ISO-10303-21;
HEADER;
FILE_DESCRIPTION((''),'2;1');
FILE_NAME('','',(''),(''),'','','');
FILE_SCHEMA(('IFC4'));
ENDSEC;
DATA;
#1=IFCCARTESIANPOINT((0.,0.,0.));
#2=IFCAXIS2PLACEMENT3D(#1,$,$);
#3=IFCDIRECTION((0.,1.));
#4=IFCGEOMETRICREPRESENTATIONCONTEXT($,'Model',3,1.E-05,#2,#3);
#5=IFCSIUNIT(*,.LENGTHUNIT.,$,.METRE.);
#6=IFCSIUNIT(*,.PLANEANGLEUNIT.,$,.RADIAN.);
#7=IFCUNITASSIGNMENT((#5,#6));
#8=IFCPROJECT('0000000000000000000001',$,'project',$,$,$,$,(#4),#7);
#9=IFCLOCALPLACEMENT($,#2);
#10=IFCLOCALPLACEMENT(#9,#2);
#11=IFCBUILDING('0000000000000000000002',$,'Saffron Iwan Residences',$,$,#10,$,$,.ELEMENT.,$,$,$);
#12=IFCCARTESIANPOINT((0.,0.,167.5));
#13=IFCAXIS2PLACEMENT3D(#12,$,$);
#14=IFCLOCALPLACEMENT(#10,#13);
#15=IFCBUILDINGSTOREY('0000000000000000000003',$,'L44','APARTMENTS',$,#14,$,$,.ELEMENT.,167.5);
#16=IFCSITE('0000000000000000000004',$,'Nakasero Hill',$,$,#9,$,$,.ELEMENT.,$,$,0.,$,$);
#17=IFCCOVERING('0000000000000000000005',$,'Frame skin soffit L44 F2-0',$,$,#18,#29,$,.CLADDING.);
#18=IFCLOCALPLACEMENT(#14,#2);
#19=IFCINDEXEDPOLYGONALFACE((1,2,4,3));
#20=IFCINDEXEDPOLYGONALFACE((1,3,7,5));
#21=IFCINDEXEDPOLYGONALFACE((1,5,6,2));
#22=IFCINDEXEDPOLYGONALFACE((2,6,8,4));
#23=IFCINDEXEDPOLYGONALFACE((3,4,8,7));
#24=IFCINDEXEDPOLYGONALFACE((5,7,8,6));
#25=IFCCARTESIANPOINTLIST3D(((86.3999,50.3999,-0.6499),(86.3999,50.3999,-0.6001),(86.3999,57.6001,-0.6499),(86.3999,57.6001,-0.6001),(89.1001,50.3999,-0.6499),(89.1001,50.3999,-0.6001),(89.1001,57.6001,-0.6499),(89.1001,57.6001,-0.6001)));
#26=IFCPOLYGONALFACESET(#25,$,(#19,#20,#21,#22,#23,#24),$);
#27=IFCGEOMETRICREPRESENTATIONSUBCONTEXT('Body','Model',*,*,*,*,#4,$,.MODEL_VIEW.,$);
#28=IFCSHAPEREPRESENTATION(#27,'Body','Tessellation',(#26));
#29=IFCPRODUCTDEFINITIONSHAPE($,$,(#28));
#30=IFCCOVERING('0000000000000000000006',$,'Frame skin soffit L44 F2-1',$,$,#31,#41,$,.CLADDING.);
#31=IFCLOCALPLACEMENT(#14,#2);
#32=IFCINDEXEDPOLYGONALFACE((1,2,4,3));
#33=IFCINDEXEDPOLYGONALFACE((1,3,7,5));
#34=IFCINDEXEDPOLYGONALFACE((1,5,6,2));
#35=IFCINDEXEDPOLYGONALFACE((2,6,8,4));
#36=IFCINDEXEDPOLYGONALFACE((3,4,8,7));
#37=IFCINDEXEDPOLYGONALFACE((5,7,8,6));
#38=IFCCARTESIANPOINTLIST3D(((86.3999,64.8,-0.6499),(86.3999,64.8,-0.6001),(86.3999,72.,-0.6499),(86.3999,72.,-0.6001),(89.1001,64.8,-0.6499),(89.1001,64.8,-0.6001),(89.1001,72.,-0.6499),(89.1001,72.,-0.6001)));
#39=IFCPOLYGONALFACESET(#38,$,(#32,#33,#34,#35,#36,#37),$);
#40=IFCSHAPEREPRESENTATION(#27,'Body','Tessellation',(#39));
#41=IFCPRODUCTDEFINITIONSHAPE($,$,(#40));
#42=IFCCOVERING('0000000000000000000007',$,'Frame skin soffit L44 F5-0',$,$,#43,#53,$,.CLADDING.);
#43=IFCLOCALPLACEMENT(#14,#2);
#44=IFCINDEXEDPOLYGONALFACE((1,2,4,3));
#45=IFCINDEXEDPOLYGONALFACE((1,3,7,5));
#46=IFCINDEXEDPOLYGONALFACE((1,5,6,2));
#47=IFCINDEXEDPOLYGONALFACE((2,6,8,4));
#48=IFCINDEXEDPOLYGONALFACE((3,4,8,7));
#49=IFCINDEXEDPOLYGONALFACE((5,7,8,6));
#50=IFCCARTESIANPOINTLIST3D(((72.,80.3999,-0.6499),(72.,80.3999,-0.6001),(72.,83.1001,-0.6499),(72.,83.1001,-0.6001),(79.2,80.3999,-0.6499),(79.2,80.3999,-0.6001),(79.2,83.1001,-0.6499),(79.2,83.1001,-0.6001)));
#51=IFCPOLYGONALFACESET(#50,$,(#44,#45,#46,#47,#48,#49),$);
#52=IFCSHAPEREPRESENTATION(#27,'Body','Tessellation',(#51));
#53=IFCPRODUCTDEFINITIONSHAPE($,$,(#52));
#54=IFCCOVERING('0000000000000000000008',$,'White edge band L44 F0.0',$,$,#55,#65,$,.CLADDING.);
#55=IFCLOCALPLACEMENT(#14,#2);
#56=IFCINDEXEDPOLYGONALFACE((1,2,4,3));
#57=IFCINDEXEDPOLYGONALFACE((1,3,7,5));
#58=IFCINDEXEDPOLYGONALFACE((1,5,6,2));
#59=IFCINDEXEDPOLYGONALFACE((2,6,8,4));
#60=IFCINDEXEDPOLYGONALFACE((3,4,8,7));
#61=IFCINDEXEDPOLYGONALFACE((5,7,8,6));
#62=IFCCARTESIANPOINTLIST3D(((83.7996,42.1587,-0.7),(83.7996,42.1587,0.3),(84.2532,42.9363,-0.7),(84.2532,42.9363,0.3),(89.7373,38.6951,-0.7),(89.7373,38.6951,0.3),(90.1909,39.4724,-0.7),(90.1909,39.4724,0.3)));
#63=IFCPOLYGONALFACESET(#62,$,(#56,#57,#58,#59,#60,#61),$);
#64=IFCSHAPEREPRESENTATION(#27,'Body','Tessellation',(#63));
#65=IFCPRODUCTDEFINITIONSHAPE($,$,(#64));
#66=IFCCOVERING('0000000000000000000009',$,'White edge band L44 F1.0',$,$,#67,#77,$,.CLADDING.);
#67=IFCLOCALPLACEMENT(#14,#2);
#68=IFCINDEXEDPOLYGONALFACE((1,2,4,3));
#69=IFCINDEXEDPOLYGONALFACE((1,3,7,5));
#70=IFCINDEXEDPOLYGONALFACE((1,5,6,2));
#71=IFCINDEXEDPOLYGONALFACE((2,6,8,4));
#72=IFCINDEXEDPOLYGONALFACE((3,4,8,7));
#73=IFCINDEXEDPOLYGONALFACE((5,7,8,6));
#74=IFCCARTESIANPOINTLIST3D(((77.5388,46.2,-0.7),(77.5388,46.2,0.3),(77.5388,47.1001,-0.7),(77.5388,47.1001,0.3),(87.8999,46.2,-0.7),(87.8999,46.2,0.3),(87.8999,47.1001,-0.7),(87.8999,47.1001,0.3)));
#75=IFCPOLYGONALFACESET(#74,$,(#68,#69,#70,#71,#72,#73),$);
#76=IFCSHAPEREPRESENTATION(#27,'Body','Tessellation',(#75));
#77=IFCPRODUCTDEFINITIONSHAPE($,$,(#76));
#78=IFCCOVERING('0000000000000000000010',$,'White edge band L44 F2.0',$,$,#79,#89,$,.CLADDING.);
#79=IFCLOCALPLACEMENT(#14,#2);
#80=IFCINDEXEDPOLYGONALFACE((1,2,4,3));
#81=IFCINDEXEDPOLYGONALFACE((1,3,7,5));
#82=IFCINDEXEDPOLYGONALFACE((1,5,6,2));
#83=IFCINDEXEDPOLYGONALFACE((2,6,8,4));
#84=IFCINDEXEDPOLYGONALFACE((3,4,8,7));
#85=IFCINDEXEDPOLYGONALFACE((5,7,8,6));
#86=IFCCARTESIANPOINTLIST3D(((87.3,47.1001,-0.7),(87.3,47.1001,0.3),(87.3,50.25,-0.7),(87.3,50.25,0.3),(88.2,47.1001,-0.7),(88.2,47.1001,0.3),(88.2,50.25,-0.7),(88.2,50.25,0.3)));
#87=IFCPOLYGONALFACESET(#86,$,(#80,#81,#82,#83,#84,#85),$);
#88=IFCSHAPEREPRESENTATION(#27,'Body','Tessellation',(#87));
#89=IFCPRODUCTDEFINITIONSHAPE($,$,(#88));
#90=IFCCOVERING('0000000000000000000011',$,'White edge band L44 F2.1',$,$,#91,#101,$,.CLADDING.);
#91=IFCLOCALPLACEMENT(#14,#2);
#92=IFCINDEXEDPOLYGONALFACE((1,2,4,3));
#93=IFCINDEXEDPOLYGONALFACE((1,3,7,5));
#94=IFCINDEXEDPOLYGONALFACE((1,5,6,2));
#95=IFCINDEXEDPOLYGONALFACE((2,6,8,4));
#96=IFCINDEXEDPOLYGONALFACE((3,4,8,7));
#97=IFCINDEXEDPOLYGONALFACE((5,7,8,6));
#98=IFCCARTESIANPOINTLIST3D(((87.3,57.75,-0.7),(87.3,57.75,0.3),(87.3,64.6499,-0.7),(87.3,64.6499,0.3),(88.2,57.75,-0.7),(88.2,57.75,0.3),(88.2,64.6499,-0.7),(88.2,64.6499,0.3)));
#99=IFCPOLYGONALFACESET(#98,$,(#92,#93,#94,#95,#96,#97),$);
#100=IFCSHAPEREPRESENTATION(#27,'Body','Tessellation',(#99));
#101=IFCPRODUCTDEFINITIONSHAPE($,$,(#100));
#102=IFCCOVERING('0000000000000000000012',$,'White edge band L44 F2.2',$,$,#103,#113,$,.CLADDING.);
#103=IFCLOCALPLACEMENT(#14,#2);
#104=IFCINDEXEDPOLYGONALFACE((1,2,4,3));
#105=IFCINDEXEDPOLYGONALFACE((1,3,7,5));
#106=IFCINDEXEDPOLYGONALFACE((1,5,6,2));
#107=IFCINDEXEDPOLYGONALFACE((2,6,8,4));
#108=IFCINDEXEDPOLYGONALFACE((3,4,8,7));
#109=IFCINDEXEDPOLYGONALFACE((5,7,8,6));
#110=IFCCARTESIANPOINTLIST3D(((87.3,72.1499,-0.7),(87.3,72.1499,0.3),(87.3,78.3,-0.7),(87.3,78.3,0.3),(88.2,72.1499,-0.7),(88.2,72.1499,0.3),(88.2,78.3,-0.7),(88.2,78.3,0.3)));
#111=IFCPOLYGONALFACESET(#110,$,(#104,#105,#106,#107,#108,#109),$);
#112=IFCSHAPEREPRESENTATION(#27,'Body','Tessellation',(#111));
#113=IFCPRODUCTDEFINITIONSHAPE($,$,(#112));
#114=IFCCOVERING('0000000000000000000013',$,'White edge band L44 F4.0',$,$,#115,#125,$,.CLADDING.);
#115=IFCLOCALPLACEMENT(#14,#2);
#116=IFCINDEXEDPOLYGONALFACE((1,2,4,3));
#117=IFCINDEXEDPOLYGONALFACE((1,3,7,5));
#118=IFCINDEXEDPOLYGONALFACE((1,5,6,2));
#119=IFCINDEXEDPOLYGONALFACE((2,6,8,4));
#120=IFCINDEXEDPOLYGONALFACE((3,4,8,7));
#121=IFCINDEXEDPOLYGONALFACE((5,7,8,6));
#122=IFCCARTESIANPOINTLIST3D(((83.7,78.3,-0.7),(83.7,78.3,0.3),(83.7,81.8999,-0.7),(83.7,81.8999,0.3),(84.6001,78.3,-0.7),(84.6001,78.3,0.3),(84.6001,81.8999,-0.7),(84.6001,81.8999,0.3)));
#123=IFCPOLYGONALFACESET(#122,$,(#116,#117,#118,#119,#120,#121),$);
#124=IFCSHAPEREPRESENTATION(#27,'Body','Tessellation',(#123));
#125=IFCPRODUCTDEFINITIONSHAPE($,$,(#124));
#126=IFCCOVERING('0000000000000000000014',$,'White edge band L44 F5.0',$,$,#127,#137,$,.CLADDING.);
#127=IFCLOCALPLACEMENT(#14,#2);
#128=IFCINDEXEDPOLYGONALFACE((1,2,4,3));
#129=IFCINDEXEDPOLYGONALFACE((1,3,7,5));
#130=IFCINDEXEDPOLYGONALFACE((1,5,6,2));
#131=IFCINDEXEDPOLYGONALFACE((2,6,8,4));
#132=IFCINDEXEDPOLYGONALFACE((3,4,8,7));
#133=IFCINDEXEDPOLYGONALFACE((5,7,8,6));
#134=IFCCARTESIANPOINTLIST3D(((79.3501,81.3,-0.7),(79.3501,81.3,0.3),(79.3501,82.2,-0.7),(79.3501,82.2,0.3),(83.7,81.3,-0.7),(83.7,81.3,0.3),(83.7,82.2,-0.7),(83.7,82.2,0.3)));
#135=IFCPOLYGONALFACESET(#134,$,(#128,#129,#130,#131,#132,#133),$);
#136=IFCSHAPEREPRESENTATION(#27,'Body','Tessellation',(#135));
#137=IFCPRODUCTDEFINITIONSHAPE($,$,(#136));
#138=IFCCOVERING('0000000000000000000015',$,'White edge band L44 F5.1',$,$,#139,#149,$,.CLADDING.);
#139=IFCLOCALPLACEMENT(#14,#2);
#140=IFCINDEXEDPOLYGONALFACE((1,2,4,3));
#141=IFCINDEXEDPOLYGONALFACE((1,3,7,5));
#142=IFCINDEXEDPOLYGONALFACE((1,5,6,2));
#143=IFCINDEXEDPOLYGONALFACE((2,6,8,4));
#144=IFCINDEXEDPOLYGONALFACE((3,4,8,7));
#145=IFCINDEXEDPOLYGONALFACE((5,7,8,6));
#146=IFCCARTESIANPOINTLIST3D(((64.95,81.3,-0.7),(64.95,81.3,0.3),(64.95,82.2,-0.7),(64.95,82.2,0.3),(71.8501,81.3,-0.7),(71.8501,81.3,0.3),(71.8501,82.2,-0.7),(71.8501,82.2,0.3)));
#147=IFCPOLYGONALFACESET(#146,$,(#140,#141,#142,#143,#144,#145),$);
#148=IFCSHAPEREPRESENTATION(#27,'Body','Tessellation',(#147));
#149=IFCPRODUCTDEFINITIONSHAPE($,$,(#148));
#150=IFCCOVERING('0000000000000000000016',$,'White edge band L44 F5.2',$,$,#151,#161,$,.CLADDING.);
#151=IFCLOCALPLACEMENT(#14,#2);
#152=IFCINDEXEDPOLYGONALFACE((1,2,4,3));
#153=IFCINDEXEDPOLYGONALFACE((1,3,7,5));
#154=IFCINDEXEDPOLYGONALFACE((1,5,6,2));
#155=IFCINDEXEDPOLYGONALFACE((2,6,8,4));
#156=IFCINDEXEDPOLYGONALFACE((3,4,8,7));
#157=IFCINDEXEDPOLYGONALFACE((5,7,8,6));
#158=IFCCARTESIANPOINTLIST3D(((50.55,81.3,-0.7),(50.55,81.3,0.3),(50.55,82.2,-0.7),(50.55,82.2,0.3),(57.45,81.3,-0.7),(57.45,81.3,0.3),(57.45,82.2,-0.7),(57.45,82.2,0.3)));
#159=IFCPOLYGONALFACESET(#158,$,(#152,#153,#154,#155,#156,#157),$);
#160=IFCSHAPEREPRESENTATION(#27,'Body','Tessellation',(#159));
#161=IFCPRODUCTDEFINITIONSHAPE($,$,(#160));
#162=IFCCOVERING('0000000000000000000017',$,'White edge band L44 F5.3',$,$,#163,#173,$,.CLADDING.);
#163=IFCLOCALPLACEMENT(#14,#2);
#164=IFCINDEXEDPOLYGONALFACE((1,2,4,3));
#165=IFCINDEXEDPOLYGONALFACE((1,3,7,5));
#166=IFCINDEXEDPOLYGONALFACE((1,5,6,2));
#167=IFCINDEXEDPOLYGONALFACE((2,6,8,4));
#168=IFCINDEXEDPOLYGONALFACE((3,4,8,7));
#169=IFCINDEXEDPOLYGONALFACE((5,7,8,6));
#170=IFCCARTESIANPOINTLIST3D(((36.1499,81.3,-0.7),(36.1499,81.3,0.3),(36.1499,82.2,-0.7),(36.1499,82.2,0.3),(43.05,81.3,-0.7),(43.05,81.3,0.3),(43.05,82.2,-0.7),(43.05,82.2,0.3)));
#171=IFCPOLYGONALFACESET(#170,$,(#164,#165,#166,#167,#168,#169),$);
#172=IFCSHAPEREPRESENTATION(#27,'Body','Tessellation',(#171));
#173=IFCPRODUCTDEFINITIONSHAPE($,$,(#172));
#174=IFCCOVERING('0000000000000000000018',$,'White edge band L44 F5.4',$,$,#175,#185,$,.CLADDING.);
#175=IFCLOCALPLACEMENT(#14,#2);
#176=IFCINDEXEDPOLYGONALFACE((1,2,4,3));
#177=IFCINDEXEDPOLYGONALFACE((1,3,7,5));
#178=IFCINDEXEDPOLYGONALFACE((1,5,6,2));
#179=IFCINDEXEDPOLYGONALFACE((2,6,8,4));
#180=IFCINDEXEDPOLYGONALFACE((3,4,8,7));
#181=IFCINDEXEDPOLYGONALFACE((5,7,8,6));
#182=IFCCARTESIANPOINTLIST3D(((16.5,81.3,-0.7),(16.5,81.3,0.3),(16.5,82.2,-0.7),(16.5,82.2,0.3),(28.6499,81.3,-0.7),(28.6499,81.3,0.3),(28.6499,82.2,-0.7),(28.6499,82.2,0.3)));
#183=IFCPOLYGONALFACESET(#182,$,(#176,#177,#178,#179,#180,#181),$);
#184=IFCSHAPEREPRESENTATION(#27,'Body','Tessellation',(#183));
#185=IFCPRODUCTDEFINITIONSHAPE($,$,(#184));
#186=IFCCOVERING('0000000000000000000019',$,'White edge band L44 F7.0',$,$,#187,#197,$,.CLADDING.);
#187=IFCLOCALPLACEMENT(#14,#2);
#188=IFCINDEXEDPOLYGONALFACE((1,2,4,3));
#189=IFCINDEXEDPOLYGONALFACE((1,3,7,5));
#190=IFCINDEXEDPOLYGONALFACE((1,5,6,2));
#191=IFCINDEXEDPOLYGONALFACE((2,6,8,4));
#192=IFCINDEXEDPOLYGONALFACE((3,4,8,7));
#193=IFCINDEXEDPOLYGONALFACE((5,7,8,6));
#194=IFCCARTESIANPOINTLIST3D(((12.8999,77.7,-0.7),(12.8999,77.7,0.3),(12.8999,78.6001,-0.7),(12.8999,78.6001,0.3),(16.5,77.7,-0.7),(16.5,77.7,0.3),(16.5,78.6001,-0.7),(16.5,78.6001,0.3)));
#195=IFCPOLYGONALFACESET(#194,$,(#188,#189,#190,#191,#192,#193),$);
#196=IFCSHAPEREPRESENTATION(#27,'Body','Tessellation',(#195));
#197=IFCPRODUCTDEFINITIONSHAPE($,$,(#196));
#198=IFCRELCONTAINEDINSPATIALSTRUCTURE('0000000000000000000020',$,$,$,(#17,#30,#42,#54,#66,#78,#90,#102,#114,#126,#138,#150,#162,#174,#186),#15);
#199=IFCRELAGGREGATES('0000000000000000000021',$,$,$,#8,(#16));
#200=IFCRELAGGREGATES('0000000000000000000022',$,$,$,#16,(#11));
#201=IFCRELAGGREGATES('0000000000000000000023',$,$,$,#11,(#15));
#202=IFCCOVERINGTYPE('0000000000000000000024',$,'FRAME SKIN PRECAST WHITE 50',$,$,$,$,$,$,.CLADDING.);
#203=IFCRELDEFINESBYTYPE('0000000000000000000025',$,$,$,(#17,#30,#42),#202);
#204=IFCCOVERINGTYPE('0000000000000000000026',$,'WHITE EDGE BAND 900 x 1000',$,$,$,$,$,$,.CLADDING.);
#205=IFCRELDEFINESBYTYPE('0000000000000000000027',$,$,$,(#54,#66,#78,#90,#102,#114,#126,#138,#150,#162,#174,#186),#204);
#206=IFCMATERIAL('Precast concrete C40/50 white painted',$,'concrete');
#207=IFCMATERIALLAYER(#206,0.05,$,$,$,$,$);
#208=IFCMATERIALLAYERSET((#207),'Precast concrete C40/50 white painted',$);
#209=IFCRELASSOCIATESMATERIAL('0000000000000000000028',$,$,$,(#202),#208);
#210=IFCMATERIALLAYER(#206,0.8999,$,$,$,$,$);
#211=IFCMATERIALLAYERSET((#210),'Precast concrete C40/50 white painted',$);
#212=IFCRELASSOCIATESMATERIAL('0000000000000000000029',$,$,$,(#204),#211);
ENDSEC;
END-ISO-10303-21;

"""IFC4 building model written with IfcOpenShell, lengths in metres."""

from ifc_helpers import new_model, si_unit, direction, frame, origin, place, context, subcontext, project, spatial, polyline, outline, extrude, material, layer, layer_set, type_object, element, save


model = new_model("IFC4")

# Units and contexts
model_context = context("Model", 3, precision=1e-05, world=origin(), true_north=direction((0.0, 1.0)))
body_context = subcontext(model_context, "Body", "Model", "MODEL_VIEW")
ifc_project = project(units=[si_unit("LENGTHUNIT", "METRE"), si_unit("PLANEANGLEUNIT", "RADIAN")], contexts=[model_context])

# Site, building, storey
site_placement = place(None, origin())
site = spatial("IfcSite", under=ifc_project, at=site_placement, Name="Nakasero Hill", CompositionType="ELEMENT", RefElevation=0.0)
building_placement = place(site_placement, origin())
building = spatial("IfcBuilding", under=site, at=building_placement, Name="Saffron Iwan Residences", CompositionType="ELEMENT")
storey_placement = place(building_placement, frame((0.0, 0.0, 167.5)))
storey = spatial("IfcBuildingStorey", under=building, at=storey_placement, Name="L44", Description="APARTMENTS", CompositionType="ELEMENT", Elevation=167.5)

# Coverings
ifc_material = material(Name="Precast concrete C40/50 white painted", Category="concrete")
ifc_layer_1 = layer(ifc_material, 0.05)
ifc_layer_set_1 = layer_set([ifc_layer_1], Name="Precast concrete C40/50 white painted")
covering_type_1 = type_object("IfcCoveringType", Name="FRAME SKIN PRECAST WHITE 50", PredefinedType="CLADDING", material=ifc_layer_set_1)
covering_1_placement = place(storey_placement, frame((0.0, 0.0, -0.6499)))
element("IfcCovering", 1, at=covering_1_placement, inside=storey, type_object=covering_type_1, Name="Frame skin soffit L44 F2-0", PredefinedType="CLADDING", context=body_context, shape_type="SweptSolid", body=[
    extrude(outline(polyline([(89.1001, 50.3999), (89.1001, 57.6001), (86.3999, 57.6001), (86.3999, 50.3999), (89.1001, 50.3999)])), origin(), (0.0, 0.0, 1.0), 0.0498),
])
covering_2_placement = place(storey_placement, frame((0.0, 0.0, -0.6499)))
element("IfcCovering", 2, at=covering_2_placement, inside=storey, type_object=covering_type_1, Name="Frame skin soffit L44 F2-1", PredefinedType="CLADDING", context=body_context, shape_type="SweptSolid", body=[
    extrude(outline(polyline([(89.1001, 64.8), (89.1001, 72.0), (86.3999, 72.0), (86.3999, 64.8), (89.1001, 64.8)])), origin(), (0.0, 0.0, 1.0), 0.0498),
])
covering_3_placement = place(storey_placement, frame((0.0, 0.0, -0.6499)))
element("IfcCovering", 3, at=covering_3_placement, inside=storey, type_object=covering_type_1, Name="Frame skin soffit L44 F5-0", PredefinedType="CLADDING", context=body_context, shape_type="SweptSolid", body=[
    extrude(outline(polyline([(79.2, 83.1001), (72.0, 83.1001), (72.0, 80.3999), (79.2, 80.3999), (79.2, 83.1001)])), origin(), (0.0, 0.0, 1.0), 0.0498),
])
ifc_layer_2 = layer(ifc_material, 0.8999)
ifc_layer_set_2 = layer_set([ifc_layer_2], Name="Precast concrete C40/50 white painted")
covering_type_2 = type_object("IfcCoveringType", Name="WHITE EDGE BAND 900 x 1000", PredefinedType="CLADDING", material=ifc_layer_set_2)
covering_4_placement = place(storey_placement, frame((0.0, 0.0, -0.7)))
element("IfcCovering", 4, at=covering_4_placement, inside=storey, type_object=covering_type_2, Name="White edge band L44 F0.0", PredefinedType="CLADDING", context=body_context, shape_type="SweptSolid", body=[
    extrude(outline(polyline([(90.1909, 39.4724), (84.2532, 42.9363), (83.7996, 42.1587), (89.7373, 38.6951), (90.1909, 39.4724)])), origin(), (0.0, 0.0, 1.0), 1.0),
])
covering_5_placement = place(storey_placement, frame((0.0, 0.0, -0.7)))
element("IfcCovering", 5, at=covering_5_placement, inside=storey, type_object=covering_type_2, Name="White edge band L44 F1.0", PredefinedType="CLADDING", context=body_context, shape_type="SweptSolid", body=[
    extrude(outline(polyline([(77.5388, 46.2), (87.8999, 46.2), (87.8999, 47.1001), (77.5388, 47.1001), (77.5388, 46.2)])), origin(), (0.0, 0.0, 1.0), 1.0),
])
covering_6_placement = place(storey_placement, frame((0.0, 0.0, -0.7)))
element("IfcCovering", 6, at=covering_6_placement, inside=storey, type_object=covering_type_2, Name="White edge band L44 F2.0", PredefinedType="CLADDING", context=body_context, shape_type="SweptSolid", body=[
    extrude(outline(polyline([(88.2, 47.1001), (88.2, 50.25), (87.3, 50.25), (87.3, 47.1001), (88.2, 47.1001)])), origin(), (0.0, 0.0, 1.0), 1.0),
])
covering_7_placement = place(storey_placement, frame((0.0, 0.0, -0.7)))
element("IfcCovering", 7, at=covering_7_placement, inside=storey, type_object=covering_type_2, Name="White edge band L44 F2.1", PredefinedType="CLADDING", context=body_context, shape_type="SweptSolid", body=[
    extrude(outline(polyline([(88.2, 57.75), (88.2, 64.6499), (87.3, 64.6499), (87.3, 57.75), (88.2, 57.75)])), origin(), (0.0, 0.0, 1.0), 1.0),
])
covering_8_placement = place(storey_placement, frame((0.0, 0.0, -0.7)))
element("IfcCovering", 8, at=covering_8_placement, inside=storey, type_object=covering_type_2, Name="White edge band L44 F2.2", PredefinedType="CLADDING", context=body_context, shape_type="SweptSolid", body=[
    extrude(outline(polyline([(88.2, 72.1499), (88.2, 78.3), (87.3, 78.3), (87.3, 72.1499), (88.2, 72.1499)])), origin(), (0.0, 0.0, 1.0), 1.0),
])
covering_9_placement = place(storey_placement, frame((0.0, 0.0, -0.7)))
element("IfcCovering", 9, at=covering_9_placement, inside=storey, type_object=covering_type_2, Name="White edge band L44 F4.0", PredefinedType="CLADDING", context=body_context, shape_type="SweptSolid", body=[
    extrude(outline(polyline([(84.6001, 78.3), (84.6001, 81.8999), (83.7, 81.8999), (83.7, 78.3), (84.6001, 78.3)])), origin(), (0.0, 0.0, 1.0), 1.0),
])
covering_10_placement = place(storey_placement, frame((0.0, 0.0, -0.7)))
element("IfcCovering", 10, at=covering_10_placement, inside=storey, type_object=covering_type_2, Name="White edge band L44 F5.0", PredefinedType="CLADDING", context=body_context, shape_type="SweptSolid", body=[
    extrude(outline(polyline([(83.7, 82.2), (79.3501, 82.2), (79.3501, 81.3), (83.7, 81.3), (83.7, 82.2)])), origin(), (0.0, 0.0, 1.0), 1.0),
])
covering_11_placement = place(storey_placement, frame((0.0, 0.0, -0.7)))
element("IfcCovering", 11, at=covering_11_placement, inside=storey, type_object=covering_type_2, Name="White edge band L44 F5.1", PredefinedType="CLADDING", context=body_context, shape_type="SweptSolid", body=[
    extrude(outline(polyline([(71.8501, 82.2), (64.95, 82.2), (64.95, 81.3), (71.8501, 81.3), (71.8501, 82.2)])), origin(), (0.0, 0.0, 1.0), 1.0),
])
covering_12_placement = place(storey_placement, frame((0.0, 0.0, -0.7)))
element("IfcCovering", 12, at=covering_12_placement, inside=storey, type_object=covering_type_2, Name="White edge band L44 F5.2", PredefinedType="CLADDING", context=body_context, shape_type="SweptSolid", body=[
    extrude(outline(polyline([(57.45, 82.2), (50.55, 82.2), (50.55, 81.3), (57.45, 81.3), (57.45, 82.2)])), origin(), (0.0, 0.0, 1.0), 1.0),
])
covering_13_placement = place(storey_placement, frame((0.0, 0.0, -0.7)))
element("IfcCovering", 13, at=covering_13_placement, inside=storey, type_object=covering_type_2, Name="White edge band L44 F5.3", PredefinedType="CLADDING", context=body_context, shape_type="SweptSolid", body=[
    extrude(outline(polyline([(43.05, 82.2), (36.1499, 82.2), (36.1499, 81.3), (43.05, 81.3), (43.05, 82.2)])), origin(), (0.0, 0.0, 1.0), 1.0),
])
covering_14_placement = place(storey_placement, frame((0.0, 0.0, -0.7)))
element("IfcCovering", 14, at=covering_14_placement, inside=storey, type_object=covering_type_2, Name="White edge band L44 F5.4", PredefinedType="CLADDING", context=body_context, shape_type="SweptSolid", body=[
    extrude(outline(polyline([(28.6499, 82.2), (16.5, 82.2), (16.5, 81.3), (28.6499, 81.3), (28.6499, 82.2)])), origin(), (0.0, 0.0, 1.0), 1.0),
])
covering_15_placement = place(storey_placement, frame((0.0, 0.0, -0.7)))
element("IfcCovering", 15, at=covering_15_placement, inside=storey, type_object=covering_type_2, Name="White edge band L44 F7.0", PredefinedType="CLADDING", context=body_context, shape_type="SweptSolid", body=[
    extrude(outline(polyline([(16.5, 78.6001), (12.8999, 78.6001), (12.8999, 77.7), (16.5, 77.7), (16.5, 78.6001)])), origin(), (0.0, 0.0, 1.0), 1.0),
])

save(model, "model.ifc")
